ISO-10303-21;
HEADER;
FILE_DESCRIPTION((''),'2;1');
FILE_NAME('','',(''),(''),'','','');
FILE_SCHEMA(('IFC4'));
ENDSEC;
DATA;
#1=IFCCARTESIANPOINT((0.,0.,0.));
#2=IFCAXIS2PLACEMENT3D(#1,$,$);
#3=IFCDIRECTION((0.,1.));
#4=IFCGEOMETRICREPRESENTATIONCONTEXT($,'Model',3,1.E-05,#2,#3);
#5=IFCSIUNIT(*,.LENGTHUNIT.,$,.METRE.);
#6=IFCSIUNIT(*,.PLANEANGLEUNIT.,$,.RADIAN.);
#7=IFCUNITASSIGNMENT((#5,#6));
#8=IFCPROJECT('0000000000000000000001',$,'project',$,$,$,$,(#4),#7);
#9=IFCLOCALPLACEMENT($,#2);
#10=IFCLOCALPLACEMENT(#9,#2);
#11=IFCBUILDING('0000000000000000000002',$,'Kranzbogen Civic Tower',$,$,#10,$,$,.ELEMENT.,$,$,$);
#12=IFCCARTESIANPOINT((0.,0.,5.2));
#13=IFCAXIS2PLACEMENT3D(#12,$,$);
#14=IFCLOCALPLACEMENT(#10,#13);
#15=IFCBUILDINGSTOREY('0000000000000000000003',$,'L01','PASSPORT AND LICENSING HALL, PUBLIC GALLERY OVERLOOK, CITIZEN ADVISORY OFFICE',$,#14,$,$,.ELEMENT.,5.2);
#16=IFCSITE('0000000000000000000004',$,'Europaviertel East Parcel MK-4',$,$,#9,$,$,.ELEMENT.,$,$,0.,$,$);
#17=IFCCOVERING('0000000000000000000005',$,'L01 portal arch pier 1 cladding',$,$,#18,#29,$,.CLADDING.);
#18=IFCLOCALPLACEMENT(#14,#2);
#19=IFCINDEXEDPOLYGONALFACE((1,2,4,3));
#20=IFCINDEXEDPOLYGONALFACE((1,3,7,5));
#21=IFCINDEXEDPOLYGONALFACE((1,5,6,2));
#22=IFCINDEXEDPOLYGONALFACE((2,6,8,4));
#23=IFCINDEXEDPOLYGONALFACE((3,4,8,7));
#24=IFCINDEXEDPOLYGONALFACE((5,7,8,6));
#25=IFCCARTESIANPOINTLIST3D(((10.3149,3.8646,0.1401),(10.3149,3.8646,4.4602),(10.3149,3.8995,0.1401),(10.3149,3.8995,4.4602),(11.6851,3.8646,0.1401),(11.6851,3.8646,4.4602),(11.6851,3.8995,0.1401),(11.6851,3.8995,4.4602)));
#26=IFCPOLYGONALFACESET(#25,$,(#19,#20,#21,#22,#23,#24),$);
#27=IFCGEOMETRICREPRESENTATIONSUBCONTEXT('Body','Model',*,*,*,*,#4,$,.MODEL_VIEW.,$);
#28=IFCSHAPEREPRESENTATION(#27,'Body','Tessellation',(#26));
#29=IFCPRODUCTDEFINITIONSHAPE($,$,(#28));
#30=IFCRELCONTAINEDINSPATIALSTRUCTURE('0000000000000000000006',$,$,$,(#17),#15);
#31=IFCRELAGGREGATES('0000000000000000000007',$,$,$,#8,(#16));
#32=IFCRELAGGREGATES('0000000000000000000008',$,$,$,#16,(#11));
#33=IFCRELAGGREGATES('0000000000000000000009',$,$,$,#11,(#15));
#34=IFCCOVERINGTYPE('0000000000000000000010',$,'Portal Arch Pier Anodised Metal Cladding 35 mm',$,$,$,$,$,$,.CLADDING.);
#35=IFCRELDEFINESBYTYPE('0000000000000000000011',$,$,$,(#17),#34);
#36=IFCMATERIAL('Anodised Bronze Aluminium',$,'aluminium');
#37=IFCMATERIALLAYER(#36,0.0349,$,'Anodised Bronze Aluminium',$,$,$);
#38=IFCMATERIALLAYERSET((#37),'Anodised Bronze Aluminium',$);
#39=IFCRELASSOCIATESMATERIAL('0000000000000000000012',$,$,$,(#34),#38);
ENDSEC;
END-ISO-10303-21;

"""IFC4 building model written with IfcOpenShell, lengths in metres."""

from ifc_helpers import new_model, si_unit, direction, frame, origin, origin_2d, place, context, subcontext, project, spatial, rectangle, extrude, material, layer, layer_set, type_object, element, save


model = new_model("IFC4")

# Units and contexts
model_context = context("Model", 3, precision=1e-05, world=origin(), true_north=direction((0.0, 1.0)))
body_context = subcontext(model_context, "Body", "Model", "MODEL_VIEW")
ifc_project = project(units=[si_unit("LENGTHUNIT", "METRE"), si_unit("PLANEANGLEUNIT", "RADIAN")], contexts=[model_context])

# Site, building, storey
site_placement = place(None, origin())
site = spatial("IfcSite", under=ifc_project, at=site_placement, Name="Europaviertel East Parcel MK-4", CompositionType="ELEMENT", RefElevation=0.0)
building_placement = place(site_placement, origin())
building = spatial("IfcBuilding", under=site, at=building_placement, Name="Kranzbogen Civic Tower", CompositionType="ELEMENT")
storey_placement = place(building_placement, frame((0.0, 0.0, 5.2)))
storey = spatial("IfcBuildingStorey", under=building, at=storey_placement, Name="L01", Description="PASSPORT AND LICENSING HALL, PUBLIC GALLERY OVERLOOK, CITIZEN ADVISORY OFFICE", CompositionType="ELEMENT", Elevation=5.2)

# Covering
ifc_material_1 = material(Name="Anodised Bronze Aluminium", Category="aluminium")
ifc_layer_1 = layer(ifc_material_1, 0.0349, Name="Anodised Bronze Aluminium")
ifc_layer_set_1 = layer_set([ifc_layer_1], Name="Anodised Bronze Aluminium")
covering_type_1 = type_object("IfcCoveringType", Name="Portal Arch Pier Anodised Metal Cladding 35 mm", PredefinedType="CLADDING", material=ifc_layer_set_1)
covering_1_placement = place(storey_placement, frame((11.0, 3.8821, 0.1401), z_axis=(0.0, 0.0, 1.0), x_axis=(1.0, 0.0, 0.0)))
element("IfcCovering", 1, at=covering_1_placement, inside=storey, type_object=covering_type_1, Name="L01 portal arch pier 1 cladding", PredefinedType="CLADDING", context=body_context, shape_type="SweptSolid", body=[
    extrude(rectangle(XDim=1.3701, YDim=0.0349, at=origin_2d()), origin(), (0.0, 0.0, 1.0), 4.3201),
])

save(model, "model.ifc")
